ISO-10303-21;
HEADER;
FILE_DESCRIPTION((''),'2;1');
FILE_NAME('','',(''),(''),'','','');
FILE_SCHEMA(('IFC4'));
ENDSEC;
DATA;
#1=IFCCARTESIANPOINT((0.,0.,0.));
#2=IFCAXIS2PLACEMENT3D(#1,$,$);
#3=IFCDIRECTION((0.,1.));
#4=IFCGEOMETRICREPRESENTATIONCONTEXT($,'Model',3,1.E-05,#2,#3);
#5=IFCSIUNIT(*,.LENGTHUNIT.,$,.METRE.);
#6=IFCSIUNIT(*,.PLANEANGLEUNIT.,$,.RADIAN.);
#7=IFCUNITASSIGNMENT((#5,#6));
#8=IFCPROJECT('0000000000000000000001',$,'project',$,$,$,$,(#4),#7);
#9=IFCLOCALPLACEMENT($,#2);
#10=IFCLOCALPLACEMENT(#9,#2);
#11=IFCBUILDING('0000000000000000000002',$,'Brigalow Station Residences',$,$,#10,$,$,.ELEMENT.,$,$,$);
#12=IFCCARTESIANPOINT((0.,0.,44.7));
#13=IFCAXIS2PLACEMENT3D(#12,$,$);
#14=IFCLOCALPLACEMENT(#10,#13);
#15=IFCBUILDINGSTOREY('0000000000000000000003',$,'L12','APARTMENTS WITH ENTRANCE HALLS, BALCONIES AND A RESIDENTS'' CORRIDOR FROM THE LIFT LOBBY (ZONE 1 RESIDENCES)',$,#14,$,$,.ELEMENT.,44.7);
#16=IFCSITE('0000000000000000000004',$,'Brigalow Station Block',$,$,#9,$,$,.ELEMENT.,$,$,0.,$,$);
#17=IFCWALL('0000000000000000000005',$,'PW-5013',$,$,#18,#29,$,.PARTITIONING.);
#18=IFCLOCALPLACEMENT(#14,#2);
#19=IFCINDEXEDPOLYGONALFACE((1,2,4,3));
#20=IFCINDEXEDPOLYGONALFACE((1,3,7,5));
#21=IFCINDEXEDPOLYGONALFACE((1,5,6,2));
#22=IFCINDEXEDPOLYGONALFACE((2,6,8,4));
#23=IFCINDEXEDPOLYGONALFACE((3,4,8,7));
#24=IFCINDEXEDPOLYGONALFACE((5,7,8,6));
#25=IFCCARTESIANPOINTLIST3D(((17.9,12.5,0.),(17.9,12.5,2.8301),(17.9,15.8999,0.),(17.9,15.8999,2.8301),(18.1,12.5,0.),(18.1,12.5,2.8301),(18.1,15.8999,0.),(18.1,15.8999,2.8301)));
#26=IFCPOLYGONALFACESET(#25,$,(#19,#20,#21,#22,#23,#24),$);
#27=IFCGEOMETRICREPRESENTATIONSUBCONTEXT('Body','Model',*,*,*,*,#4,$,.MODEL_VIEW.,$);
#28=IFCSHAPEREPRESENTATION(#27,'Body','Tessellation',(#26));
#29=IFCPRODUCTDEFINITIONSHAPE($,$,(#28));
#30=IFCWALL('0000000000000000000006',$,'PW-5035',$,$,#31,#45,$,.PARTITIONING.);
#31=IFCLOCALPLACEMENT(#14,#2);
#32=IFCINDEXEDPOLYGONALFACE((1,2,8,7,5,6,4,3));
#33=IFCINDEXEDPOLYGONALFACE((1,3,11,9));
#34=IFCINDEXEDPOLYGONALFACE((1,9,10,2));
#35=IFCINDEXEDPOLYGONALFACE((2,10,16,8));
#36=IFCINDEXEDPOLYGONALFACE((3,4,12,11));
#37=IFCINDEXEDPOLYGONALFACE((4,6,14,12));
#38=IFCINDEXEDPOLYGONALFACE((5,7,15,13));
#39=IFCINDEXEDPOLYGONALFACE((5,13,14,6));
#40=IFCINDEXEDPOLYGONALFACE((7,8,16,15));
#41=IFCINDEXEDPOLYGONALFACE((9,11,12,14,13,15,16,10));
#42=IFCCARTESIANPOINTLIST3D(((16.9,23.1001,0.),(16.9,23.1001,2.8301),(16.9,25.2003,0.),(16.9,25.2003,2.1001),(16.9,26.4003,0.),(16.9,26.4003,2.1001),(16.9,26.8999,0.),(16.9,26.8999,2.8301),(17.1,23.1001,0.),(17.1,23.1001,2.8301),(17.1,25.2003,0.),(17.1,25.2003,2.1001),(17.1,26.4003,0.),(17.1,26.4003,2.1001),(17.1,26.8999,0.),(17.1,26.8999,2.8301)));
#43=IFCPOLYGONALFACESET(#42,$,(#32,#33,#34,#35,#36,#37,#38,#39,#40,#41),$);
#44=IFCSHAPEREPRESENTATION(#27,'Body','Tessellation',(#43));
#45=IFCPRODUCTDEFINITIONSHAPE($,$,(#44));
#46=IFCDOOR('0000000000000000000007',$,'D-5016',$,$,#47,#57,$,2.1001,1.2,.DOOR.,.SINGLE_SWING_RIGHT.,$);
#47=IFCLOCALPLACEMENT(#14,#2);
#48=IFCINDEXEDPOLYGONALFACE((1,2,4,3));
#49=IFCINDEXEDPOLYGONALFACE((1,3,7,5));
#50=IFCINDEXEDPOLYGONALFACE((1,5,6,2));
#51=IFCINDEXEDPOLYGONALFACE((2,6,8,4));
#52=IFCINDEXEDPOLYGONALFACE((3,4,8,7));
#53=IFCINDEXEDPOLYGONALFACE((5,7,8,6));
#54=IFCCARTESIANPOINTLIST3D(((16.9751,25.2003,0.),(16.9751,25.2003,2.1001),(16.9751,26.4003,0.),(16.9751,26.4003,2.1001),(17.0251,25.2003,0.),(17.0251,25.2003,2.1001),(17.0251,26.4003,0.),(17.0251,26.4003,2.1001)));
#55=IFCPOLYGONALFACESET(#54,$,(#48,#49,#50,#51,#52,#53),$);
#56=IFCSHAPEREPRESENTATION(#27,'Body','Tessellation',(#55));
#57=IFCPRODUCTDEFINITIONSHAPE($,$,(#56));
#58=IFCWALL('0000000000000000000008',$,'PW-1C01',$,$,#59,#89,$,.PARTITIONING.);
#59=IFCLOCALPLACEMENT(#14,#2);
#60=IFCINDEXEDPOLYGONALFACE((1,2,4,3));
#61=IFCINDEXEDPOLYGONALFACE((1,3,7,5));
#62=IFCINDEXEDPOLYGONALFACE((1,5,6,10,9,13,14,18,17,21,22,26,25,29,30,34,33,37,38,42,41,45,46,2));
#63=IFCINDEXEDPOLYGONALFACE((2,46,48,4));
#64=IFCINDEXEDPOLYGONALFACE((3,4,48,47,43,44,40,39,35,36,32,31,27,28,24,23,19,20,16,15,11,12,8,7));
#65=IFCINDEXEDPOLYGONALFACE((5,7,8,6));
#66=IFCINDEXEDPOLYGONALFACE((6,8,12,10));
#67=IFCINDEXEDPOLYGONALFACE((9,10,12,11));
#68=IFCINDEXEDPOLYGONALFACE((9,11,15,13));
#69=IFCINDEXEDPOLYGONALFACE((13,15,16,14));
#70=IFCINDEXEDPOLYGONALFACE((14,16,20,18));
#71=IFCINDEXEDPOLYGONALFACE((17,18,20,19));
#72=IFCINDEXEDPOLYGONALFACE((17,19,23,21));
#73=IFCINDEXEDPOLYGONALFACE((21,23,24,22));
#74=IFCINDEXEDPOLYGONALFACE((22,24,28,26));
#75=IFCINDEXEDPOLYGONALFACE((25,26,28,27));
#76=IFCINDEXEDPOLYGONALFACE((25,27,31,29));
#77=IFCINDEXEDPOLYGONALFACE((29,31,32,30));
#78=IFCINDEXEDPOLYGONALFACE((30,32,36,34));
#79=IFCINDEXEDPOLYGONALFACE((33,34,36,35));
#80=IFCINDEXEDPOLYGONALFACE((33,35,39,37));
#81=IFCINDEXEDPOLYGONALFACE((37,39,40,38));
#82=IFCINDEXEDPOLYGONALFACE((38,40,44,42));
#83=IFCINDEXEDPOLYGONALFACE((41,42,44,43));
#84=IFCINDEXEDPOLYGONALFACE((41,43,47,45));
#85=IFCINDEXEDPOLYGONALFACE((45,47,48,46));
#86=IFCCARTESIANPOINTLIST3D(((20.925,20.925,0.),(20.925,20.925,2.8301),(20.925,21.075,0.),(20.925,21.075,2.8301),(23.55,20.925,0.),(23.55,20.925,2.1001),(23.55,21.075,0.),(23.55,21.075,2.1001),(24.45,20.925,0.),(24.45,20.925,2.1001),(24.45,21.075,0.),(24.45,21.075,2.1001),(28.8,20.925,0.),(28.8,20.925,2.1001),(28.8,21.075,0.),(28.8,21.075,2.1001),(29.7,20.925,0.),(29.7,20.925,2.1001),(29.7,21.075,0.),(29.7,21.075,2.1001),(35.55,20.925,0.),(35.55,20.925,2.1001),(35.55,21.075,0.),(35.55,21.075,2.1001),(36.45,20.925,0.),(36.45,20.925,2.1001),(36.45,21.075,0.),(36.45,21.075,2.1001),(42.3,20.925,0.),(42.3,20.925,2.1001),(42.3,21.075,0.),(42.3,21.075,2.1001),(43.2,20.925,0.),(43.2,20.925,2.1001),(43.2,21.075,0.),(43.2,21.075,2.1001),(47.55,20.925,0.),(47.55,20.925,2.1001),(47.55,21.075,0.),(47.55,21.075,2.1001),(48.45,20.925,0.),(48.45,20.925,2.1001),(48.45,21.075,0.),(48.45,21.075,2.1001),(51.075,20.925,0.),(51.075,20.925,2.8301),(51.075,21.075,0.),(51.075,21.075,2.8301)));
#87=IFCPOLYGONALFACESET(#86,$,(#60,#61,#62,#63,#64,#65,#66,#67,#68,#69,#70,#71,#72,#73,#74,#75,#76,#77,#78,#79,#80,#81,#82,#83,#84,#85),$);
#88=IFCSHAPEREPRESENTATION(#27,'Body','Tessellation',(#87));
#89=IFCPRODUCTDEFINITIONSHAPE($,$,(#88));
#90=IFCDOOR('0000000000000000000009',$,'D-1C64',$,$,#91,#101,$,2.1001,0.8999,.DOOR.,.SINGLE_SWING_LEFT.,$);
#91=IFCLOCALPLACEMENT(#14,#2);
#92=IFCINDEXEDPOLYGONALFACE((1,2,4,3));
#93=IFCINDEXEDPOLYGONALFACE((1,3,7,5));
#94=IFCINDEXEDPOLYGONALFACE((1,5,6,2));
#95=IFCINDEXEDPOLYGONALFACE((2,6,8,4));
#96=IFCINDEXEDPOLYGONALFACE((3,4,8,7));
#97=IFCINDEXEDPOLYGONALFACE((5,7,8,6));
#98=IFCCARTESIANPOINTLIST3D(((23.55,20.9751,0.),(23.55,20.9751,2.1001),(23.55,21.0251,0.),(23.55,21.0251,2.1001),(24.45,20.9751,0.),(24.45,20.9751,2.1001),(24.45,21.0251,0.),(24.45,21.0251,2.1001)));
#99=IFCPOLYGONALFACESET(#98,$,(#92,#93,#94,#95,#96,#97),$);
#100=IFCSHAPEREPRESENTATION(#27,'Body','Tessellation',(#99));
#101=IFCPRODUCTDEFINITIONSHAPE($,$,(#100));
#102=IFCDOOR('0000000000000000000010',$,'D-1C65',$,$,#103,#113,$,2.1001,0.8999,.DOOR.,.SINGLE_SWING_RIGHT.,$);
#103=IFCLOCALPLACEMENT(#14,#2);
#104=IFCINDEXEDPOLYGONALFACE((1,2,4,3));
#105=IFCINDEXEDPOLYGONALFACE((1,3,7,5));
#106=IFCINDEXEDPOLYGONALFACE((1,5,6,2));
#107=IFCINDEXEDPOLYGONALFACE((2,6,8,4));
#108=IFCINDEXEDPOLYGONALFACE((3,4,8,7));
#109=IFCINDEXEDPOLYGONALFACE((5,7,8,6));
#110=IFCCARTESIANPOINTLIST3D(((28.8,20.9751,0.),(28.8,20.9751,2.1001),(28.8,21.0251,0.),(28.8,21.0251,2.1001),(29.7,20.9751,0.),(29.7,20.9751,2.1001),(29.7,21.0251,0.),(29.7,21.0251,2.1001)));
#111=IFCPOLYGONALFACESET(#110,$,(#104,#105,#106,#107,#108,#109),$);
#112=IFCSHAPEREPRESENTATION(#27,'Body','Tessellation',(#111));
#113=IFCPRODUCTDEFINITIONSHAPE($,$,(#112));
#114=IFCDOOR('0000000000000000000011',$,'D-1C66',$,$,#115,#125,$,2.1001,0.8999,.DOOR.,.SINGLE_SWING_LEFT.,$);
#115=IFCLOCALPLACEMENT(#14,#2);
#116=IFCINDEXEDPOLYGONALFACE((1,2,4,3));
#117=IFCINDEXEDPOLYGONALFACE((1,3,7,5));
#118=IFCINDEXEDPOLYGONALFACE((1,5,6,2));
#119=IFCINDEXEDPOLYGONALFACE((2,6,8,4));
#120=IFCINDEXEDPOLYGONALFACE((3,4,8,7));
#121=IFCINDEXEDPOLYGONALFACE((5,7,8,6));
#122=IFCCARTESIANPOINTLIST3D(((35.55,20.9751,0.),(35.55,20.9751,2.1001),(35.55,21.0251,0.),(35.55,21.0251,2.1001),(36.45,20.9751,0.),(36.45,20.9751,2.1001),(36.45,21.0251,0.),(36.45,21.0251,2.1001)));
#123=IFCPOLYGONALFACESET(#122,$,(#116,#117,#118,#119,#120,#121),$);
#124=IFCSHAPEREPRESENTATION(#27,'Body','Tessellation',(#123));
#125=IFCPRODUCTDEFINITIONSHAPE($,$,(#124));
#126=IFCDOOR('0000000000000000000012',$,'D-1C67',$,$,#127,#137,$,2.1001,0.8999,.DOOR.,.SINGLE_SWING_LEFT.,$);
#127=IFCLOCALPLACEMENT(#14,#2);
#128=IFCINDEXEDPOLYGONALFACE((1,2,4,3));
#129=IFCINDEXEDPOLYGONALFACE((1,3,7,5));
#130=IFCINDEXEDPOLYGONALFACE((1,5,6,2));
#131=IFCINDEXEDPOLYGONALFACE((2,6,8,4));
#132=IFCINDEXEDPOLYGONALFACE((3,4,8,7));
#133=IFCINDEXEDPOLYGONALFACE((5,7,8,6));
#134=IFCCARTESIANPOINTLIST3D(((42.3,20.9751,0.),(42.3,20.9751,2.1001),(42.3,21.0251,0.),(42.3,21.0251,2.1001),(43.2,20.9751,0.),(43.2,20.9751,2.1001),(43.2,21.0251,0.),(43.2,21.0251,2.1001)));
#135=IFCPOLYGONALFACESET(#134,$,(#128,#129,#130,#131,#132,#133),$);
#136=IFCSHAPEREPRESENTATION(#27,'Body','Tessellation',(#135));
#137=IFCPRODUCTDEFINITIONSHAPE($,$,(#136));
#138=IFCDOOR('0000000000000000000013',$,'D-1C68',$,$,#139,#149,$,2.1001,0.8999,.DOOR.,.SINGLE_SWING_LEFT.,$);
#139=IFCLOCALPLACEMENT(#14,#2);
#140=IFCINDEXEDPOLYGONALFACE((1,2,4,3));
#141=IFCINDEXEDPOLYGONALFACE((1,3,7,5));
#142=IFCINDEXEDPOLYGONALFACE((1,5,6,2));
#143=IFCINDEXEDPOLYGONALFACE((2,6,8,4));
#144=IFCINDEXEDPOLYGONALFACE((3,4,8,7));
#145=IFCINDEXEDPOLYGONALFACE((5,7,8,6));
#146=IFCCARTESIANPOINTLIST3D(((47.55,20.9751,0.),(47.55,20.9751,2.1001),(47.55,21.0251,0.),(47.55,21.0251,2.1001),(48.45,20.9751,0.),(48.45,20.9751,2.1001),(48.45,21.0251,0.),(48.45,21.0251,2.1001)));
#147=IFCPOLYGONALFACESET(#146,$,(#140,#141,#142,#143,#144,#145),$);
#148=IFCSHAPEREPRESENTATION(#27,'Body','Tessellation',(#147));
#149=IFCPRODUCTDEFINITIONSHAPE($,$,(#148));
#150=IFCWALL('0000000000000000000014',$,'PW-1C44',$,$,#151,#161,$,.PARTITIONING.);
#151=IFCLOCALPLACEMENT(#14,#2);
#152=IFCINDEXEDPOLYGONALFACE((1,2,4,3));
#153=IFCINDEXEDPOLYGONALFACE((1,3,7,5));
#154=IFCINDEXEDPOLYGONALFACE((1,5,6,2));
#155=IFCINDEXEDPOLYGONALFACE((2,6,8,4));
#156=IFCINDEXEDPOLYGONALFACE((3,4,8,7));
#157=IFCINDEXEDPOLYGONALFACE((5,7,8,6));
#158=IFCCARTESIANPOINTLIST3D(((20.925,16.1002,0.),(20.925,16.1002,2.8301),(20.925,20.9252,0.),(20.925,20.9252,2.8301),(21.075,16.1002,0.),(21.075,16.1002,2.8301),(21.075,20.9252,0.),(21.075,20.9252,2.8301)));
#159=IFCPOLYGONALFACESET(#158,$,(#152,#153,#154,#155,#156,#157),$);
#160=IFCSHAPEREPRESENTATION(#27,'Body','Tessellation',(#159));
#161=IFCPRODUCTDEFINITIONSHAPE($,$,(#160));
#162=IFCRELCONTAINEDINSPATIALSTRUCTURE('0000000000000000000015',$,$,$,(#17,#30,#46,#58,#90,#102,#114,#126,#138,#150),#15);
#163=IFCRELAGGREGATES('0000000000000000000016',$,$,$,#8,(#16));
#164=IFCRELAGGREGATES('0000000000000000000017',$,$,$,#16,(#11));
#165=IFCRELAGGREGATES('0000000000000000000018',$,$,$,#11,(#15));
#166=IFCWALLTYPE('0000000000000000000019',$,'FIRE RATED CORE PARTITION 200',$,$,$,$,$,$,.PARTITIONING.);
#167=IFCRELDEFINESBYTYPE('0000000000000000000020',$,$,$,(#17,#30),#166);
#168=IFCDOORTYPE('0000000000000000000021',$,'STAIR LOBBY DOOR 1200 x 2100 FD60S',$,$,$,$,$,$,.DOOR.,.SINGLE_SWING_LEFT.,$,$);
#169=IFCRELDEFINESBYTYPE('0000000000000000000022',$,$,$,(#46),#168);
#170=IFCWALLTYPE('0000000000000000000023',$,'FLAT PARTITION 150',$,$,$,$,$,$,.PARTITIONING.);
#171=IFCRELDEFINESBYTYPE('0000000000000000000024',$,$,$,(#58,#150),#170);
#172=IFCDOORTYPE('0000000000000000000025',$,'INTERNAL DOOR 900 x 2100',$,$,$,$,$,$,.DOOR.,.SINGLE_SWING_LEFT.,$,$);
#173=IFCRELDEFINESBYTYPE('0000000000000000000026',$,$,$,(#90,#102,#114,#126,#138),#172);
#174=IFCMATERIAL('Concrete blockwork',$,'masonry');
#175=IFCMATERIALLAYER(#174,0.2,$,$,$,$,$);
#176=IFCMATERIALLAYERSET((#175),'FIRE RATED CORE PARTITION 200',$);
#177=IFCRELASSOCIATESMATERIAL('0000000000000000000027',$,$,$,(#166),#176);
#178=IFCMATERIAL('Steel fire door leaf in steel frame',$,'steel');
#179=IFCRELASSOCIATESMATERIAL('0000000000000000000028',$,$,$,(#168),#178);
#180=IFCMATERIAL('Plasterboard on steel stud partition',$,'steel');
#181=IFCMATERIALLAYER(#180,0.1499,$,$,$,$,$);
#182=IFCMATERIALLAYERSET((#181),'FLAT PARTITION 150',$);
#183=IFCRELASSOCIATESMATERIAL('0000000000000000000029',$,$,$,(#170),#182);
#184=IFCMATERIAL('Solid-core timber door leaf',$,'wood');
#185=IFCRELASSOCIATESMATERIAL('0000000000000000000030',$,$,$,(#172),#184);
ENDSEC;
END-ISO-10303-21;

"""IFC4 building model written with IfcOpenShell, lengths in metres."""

from ifc_helpers import new_model, si_unit, direction, frame, frame_2d, origin, place, context, subcontext, project, spatial, rectangle, extrude, material, layer, layer_set, type_object, element, fill, save


model = new_model("IFC4")

# Units and contexts
model_context = context("Model", 3, precision=1e-05, world=origin(), true_north=direction((0.0, 1.0)))
body_context = subcontext(model_context, "Body", "Model", "MODEL_VIEW")
ifc_project = project(units=[si_unit("LENGTHUNIT", "METRE"), si_unit("PLANEANGLEUNIT", "RADIAN")], contexts=[model_context])

# Site, building, storey
site_placement = place(None, origin())
site = spatial("IfcSite", under=ifc_project, at=site_placement, Name="Brigalow Station Block", CompositionType="ELEMENT", RefElevation=0.0)
building_placement = place(site_placement, origin())
building = spatial("IfcBuilding", under=site, at=building_placement, Name="Brigalow Station Residences", CompositionType="ELEMENT")
storey_placement = place(building_placement, frame((0.0, 0.0, 44.7)))
storey = spatial("IfcBuildingStorey", under=building, at=storey_placement, Name="L12", Description="APARTMENTS WITH ENTRANCE HALLS, BALCONIES AND A RESIDENTS' CORRIDOR FROM THE LIFT LOBBY (ZONE 1 RESIDENCES)", CompositionType="ELEMENT", Elevation=44.7)

# Wall
ifc_material_1 = material(Name="Concrete blockwork", Category="masonry")
ifc_layer_1 = layer(ifc_material_1, 0.2)
ifc_layer_set_1 = layer_set([ifc_layer_1], Name="FIRE RATED CORE PARTITION 200")
wall_type_1 = type_object("IfcWallType", Name="FIRE RATED CORE PARTITION 200", PredefinedType="PARTITIONING", material=ifc_layer_set_1)
wall_1_placement = place(storey_placement, frame((18.0, 12.5, 0.0), z_axis=(0.0, 0.0, 1.0), x_axis=(0.0, 1.0, 0.0)))
element("IfcWall", 1, at=wall_1_placement, inside=storey, type_object=wall_type_1, Name="PW-5013", PredefinedType="PARTITIONING", context=body_context, shape_type="SweptSolid", body=[
    extrude(rectangle(XDim=3.3999, YDim=0.2, at=frame_2d((1.7, 0.0))), origin(), (0.0, 0.0, 1.0), 2.8301),
])

# Wall, opening, door
wall_2_placement = place(storey_placement, frame((17.0, 23.1001, 0.0), z_axis=(0.0, 0.0, 1.0), x_axis=(0.0, 1.0, 0.0)))
wall_2 = element("IfcWall", 2, at=wall_2_placement, inside=storey, type_object=wall_type_1, Name="PW-5035", PredefinedType="PARTITIONING", context=body_context, shape_type="SweptSolid", body=[
    extrude(rectangle(XDim=3.7998, YDim=0.2, at=frame_2d((1.8999, 0.0))), origin(), (0.0, 0.0, 1.0), 2.8301),
])
opening_1_placement = place(wall_2_placement, frame((2.1001, 0.0, 0.0)))
opening_1 = element("IfcOpeningElement", 3, at=opening_1_placement, cuts=wall_2, PredefinedType="OPENING", context=body_context, shape_type="SweptSolid", body=[
    extrude(rectangle(XDim=1.2, YDim=2.1001, at=frame_2d((0.6001, 1.05))), frame((0.0, 0.1099, 0.0), z_axis=(0.0, -1.0, 0.0), x_axis=(1.0, 0.0, 0.0)), (0.0, 0.0, 1.0), 0.22),
])
ifc_material_2 = material(Name="Steel fire door leaf in steel frame", Category="steel")
door_type_1 = type_object("IfcDoorType", Name="STAIR LOBBY DOOR 1200 x 2100 FD60S", OperationType="SINGLE_SWING_LEFT", PredefinedType="DOOR", material=ifc_material_2)
door_1_placement = place(opening_1_placement, origin())
door_1 = element("IfcDoor", 4, at=door_1_placement, inside=storey, type_object=door_type_1, Name="D-5016", OperationType="SINGLE_SWING_RIGHT", OverallHeight=2.1001, OverallWidth=1.2, PredefinedType="DOOR", context=body_context, shape_type="SweptSolid", body=[
    extrude(rectangle(XDim=1.2, YDim=2.1001, at=frame_2d((0.6001, 1.05))), frame((0.0, 0.0249, 0.0), z_axis=(0.0, -1.0, 0.0), x_axis=(1.0, 0.0, 0.0)), (0.0, 0.0, 1.0), 0.05),
])
fill(opening_1, door_1)

# Wall, openings, doors
ifc_material_3 = material(Name="Plasterboard on steel stud partition", Category="steel")
ifc_layer_2 = layer(ifc_material_3, 0.1499)
ifc_layer_set_2 = layer_set([ifc_layer_2], Name="FLAT PARTITION 150")
wall_type_2 = type_object("IfcWallType", Name="FLAT PARTITION 150", PredefinedType="PARTITIONING", material=ifc_layer_set_2)
wall_3_placement = place(storey_placement, frame((20.925, 21.0, 0.0), z_axis=(0.0, 0.0, 1.0), x_axis=(1.0, 0.0, 0.0)))
wall_3 = element("IfcWall", 5, at=wall_3_placement, inside=storey, type_object=wall_type_2, Name="PW-1C01", PredefinedType="PARTITIONING", context=body_context, shape_type="SweptSolid", body=[
    extrude(rectangle(XDim=30.1499, YDim=0.1499, at=frame_2d((15.075, 0.0))), origin(), (0.0, 0.0, 1.0), 2.8301),
])
opening_2_placement = place(wall_3_placement, frame((2.625, 0.0, 0.0)))
opening_2 = element("IfcOpeningElement", 6, at=opening_2_placement, cuts=wall_3, PredefinedType="OPENING", context=body_context, shape_type="SweptSolid", body=[
    extrude(rectangle(XDim=0.8999, YDim=2.1001, at=frame_2d((0.45, 1.05))), frame((0.0, 0.085, 0.0), z_axis=(0.0, -1.0, 0.0), x_axis=(1.0, 0.0, 0.0)), (0.0, 0.0, 1.0), 0.1699),
])
opening_3_placement = place(wall_3_placement, frame((7.875, 0.0, 0.0)))
opening_3 = element("IfcOpeningElement", 7, at=opening_3_placement, cuts=wall_3, PredefinedType="OPENING", context=body_context, shape_type="SweptSolid", body=[
    extrude(rectangle(XDim=0.8999, YDim=2.1001, at=frame_2d((0.45, 1.05))), frame((0.0, 0.085, 0.0), z_axis=(0.0, -1.0, 0.0), x_axis=(1.0, 0.0, 0.0)), (0.0, 0.0, 1.0), 0.1699),
])
opening_4_placement = place(wall_3_placement, frame((14.625, 0.0, 0.0)))
opening_4 = element("IfcOpeningElement", 8, at=opening_4_placement, cuts=wall_3, PredefinedType="OPENING", context=body_context, shape_type="SweptSolid", body=[
    extrude(rectangle(XDim=0.8999, YDim=2.1001, at=frame_2d((0.45, 1.05))), frame((0.0, 0.085, 0.0), z_axis=(0.0, -1.0, 0.0), x_axis=(1.0, 0.0, 0.0)), (0.0, 0.0, 1.0), 0.1699),
])
opening_5_placement = place(wall_3_placement, frame((21.375, 0.0, 0.0)))
opening_5 = element("IfcOpeningElement", 9, at=opening_5_placement, cuts=wall_3, PredefinedType="OPENING", context=body_context, shape_type="SweptSolid", body=[
    extrude(rectangle(XDim=0.8999, YDim=2.1001, at=frame_2d((0.45, 1.05))), frame((0.0, 0.085, 0.0), z_axis=(0.0, -1.0, 0.0), x_axis=(1.0, 0.0, 0.0)), (0.0, 0.0, 1.0), 0.1699),
])
opening_6_placement = place(wall_3_placement, frame((26.625, 0.0, 0.0)))
opening_6 = element("IfcOpeningElement", 10, at=opening_6_placement, cuts=wall_3, PredefinedType="OPENING", context=body_context, shape_type="SweptSolid", body=[
    extrude(rectangle(XDim=0.8999, YDim=2.1001, at=frame_2d((0.45, 1.05))), frame((0.0, 0.085, 0.0), z_axis=(0.0, -1.0, 0.0), x_axis=(1.0, 0.0, 0.0)), (0.0, 0.0, 1.0), 0.1699),
])
ifc_material_4 = material(Name="Solid-core timber door leaf", Category="wood")
door_type_2 = type_object("IfcDoorType", Name="INTERNAL DOOR 900 x 2100", OperationType="SINGLE_SWING_LEFT", PredefinedType="DOOR", material=ifc_material_4)
door_2_placement = place(opening_2_placement, frame((0.8999, 0.0, 0.0), z_axis=(0.0, 0.0, 1.0), x_axis=(-1.0, 0.0, 0.0)))
door_2 = element("IfcDoor", 11, at=door_2_placement, inside=storey, type_object=door_type_2, Name="D-1C64", OperationType="SINGLE_SWING_LEFT", OverallHeight=2.1001, OverallWidth=0.8999, PredefinedType="DOOR", context=body_context, shape_type="SweptSolid", body=[
    extrude(rectangle(XDim=0.8999, YDim=2.1001, at=frame_2d((0.45, 1.05))), frame((0.0, 0.0249, 0.0), z_axis=(0.0, -1.0, 0.0), x_axis=(1.0, 0.0, 0.0)), (0.0, 0.0, 1.0), 0.05),
])
fill(opening_2, door_2)
door_3_placement = place(opening_3_placement, frame((0.8999, 0.0, 0.0), z_axis=(0.0, 0.0, 1.0), x_axis=(-1.0, 0.0, 0.0)))
door_3 = element("IfcDoor", 12, at=door_3_placement, inside=storey, type_object=door_type_2, Name="D-1C65", OperationType="SINGLE_SWING_RIGHT", OverallHeight=2.1001, OverallWidth=0.8999, PredefinedType="DOOR", context=body_context, shape_type="SweptSolid", body=[
    extrude(rectangle(XDim=0.8999, YDim=2.1001, at=frame_2d((0.45, 1.05))), frame((0.0, 0.0249, 0.0), z_axis=(0.0, -1.0, 0.0), x_axis=(1.0, 0.0, 0.0)), (0.0, 0.0, 1.0), 0.05),
])
fill(opening_3, door_3)
door_4_placement = place(opening_4_placement, frame((0.8999, 0.0, 0.0), z_axis=(0.0, 0.0, 1.0), x_axis=(-1.0, 0.0, 0.0)))
door_4 = element("IfcDoor", 13, at=door_4_placement, inside=storey, type_object=door_type_2, Name="D-1C66", OperationType="SINGLE_SWING_LEFT", OverallHeight=2.1001, OverallWidth=0.8999, PredefinedType="DOOR", context=body_context, shape_type="SweptSolid", body=[
    extrude(rectangle(XDim=0.8999, YDim=2.1001, at=frame_2d((0.45, 1.05))), frame((0.0, 0.0249, 0.0), z_axis=(0.0, -1.0, 0.0), x_axis=(1.0, 0.0, 0.0)), (0.0, 0.0, 1.0), 0.05),
])
fill(opening_4, door_4)
door_5_placement = place(opening_5_placement, frame((0.8999, 0.0, 0.0), z_axis=(0.0, 0.0, 1.0), x_axis=(-1.0, 0.0, 0.0)))
door_5 = element("IfcDoor", 14, at=door_5_placement, inside=storey, type_object=door_type_2, Name="D-1C67", OperationType="SINGLE_SWING_LEFT", OverallHeight=2.1001, OverallWidth=0.8999, PredefinedType="DOOR", context=body_context, shape_type="SweptSolid", body=[
    extrude(rectangle(XDim=0.8999, YDim=2.1001, at=frame_2d((0.45, 1.05))), frame((0.0, 0.0249, 0.0), z_axis=(0.0, -1.0, 0.0), x_axis=(1.0, 0.0, 0.0)), (0.0, 0.0, 1.0), 0.05),
])
fill(opening_5, door_5)
door_6_placement = place(opening_6_placement, frame((0.8999, 0.0, 0.0), z_axis=(0.0, 0.0, 1.0), x_axis=(-1.0, 0.0, 0.0)))
door_6 = element("IfcDoor", 15, at=door_6_placement, inside=storey, type_object=door_type_2, Name="D-1C68", OperationType="SINGLE_SWING_LEFT", OverallHeight=2.1001, OverallWidth=0.8999, PredefinedType="DOOR", context=body_context, shape_type="SweptSolid", body=[
    extrude(rectangle(XDim=0.8999, YDim=2.1001, at=frame_2d((0.45, 1.05))), frame((0.0, 0.0249, 0.0), z_axis=(0.0, -1.0, 0.0), x_axis=(1.0, 0.0, 0.0)), (0.0, 0.0, 1.0), 0.05),
])
fill(opening_6, door_6)

# Wall
wall_4_placement = place(storey_placement, frame((21.0, 16.1001, 0.0), z_axis=(0.0, 0.0, 1.0), x_axis=(0.0, 1.0, 0.0)))
element("IfcWall", 16, at=wall_4_placement, inside=storey, type_object=wall_type_2, Name="PW-1C44", PredefinedType="PARTITIONING", context=body_context, shape_type="SweptSolid", body=[
    extrude(rectangle(XDim=4.825, YDim=0.1499, at=frame_2d((2.4126, 0.0))), origin(), (0.0, 0.0, 1.0), 2.8301),
])

save(model, "model.ifc")
